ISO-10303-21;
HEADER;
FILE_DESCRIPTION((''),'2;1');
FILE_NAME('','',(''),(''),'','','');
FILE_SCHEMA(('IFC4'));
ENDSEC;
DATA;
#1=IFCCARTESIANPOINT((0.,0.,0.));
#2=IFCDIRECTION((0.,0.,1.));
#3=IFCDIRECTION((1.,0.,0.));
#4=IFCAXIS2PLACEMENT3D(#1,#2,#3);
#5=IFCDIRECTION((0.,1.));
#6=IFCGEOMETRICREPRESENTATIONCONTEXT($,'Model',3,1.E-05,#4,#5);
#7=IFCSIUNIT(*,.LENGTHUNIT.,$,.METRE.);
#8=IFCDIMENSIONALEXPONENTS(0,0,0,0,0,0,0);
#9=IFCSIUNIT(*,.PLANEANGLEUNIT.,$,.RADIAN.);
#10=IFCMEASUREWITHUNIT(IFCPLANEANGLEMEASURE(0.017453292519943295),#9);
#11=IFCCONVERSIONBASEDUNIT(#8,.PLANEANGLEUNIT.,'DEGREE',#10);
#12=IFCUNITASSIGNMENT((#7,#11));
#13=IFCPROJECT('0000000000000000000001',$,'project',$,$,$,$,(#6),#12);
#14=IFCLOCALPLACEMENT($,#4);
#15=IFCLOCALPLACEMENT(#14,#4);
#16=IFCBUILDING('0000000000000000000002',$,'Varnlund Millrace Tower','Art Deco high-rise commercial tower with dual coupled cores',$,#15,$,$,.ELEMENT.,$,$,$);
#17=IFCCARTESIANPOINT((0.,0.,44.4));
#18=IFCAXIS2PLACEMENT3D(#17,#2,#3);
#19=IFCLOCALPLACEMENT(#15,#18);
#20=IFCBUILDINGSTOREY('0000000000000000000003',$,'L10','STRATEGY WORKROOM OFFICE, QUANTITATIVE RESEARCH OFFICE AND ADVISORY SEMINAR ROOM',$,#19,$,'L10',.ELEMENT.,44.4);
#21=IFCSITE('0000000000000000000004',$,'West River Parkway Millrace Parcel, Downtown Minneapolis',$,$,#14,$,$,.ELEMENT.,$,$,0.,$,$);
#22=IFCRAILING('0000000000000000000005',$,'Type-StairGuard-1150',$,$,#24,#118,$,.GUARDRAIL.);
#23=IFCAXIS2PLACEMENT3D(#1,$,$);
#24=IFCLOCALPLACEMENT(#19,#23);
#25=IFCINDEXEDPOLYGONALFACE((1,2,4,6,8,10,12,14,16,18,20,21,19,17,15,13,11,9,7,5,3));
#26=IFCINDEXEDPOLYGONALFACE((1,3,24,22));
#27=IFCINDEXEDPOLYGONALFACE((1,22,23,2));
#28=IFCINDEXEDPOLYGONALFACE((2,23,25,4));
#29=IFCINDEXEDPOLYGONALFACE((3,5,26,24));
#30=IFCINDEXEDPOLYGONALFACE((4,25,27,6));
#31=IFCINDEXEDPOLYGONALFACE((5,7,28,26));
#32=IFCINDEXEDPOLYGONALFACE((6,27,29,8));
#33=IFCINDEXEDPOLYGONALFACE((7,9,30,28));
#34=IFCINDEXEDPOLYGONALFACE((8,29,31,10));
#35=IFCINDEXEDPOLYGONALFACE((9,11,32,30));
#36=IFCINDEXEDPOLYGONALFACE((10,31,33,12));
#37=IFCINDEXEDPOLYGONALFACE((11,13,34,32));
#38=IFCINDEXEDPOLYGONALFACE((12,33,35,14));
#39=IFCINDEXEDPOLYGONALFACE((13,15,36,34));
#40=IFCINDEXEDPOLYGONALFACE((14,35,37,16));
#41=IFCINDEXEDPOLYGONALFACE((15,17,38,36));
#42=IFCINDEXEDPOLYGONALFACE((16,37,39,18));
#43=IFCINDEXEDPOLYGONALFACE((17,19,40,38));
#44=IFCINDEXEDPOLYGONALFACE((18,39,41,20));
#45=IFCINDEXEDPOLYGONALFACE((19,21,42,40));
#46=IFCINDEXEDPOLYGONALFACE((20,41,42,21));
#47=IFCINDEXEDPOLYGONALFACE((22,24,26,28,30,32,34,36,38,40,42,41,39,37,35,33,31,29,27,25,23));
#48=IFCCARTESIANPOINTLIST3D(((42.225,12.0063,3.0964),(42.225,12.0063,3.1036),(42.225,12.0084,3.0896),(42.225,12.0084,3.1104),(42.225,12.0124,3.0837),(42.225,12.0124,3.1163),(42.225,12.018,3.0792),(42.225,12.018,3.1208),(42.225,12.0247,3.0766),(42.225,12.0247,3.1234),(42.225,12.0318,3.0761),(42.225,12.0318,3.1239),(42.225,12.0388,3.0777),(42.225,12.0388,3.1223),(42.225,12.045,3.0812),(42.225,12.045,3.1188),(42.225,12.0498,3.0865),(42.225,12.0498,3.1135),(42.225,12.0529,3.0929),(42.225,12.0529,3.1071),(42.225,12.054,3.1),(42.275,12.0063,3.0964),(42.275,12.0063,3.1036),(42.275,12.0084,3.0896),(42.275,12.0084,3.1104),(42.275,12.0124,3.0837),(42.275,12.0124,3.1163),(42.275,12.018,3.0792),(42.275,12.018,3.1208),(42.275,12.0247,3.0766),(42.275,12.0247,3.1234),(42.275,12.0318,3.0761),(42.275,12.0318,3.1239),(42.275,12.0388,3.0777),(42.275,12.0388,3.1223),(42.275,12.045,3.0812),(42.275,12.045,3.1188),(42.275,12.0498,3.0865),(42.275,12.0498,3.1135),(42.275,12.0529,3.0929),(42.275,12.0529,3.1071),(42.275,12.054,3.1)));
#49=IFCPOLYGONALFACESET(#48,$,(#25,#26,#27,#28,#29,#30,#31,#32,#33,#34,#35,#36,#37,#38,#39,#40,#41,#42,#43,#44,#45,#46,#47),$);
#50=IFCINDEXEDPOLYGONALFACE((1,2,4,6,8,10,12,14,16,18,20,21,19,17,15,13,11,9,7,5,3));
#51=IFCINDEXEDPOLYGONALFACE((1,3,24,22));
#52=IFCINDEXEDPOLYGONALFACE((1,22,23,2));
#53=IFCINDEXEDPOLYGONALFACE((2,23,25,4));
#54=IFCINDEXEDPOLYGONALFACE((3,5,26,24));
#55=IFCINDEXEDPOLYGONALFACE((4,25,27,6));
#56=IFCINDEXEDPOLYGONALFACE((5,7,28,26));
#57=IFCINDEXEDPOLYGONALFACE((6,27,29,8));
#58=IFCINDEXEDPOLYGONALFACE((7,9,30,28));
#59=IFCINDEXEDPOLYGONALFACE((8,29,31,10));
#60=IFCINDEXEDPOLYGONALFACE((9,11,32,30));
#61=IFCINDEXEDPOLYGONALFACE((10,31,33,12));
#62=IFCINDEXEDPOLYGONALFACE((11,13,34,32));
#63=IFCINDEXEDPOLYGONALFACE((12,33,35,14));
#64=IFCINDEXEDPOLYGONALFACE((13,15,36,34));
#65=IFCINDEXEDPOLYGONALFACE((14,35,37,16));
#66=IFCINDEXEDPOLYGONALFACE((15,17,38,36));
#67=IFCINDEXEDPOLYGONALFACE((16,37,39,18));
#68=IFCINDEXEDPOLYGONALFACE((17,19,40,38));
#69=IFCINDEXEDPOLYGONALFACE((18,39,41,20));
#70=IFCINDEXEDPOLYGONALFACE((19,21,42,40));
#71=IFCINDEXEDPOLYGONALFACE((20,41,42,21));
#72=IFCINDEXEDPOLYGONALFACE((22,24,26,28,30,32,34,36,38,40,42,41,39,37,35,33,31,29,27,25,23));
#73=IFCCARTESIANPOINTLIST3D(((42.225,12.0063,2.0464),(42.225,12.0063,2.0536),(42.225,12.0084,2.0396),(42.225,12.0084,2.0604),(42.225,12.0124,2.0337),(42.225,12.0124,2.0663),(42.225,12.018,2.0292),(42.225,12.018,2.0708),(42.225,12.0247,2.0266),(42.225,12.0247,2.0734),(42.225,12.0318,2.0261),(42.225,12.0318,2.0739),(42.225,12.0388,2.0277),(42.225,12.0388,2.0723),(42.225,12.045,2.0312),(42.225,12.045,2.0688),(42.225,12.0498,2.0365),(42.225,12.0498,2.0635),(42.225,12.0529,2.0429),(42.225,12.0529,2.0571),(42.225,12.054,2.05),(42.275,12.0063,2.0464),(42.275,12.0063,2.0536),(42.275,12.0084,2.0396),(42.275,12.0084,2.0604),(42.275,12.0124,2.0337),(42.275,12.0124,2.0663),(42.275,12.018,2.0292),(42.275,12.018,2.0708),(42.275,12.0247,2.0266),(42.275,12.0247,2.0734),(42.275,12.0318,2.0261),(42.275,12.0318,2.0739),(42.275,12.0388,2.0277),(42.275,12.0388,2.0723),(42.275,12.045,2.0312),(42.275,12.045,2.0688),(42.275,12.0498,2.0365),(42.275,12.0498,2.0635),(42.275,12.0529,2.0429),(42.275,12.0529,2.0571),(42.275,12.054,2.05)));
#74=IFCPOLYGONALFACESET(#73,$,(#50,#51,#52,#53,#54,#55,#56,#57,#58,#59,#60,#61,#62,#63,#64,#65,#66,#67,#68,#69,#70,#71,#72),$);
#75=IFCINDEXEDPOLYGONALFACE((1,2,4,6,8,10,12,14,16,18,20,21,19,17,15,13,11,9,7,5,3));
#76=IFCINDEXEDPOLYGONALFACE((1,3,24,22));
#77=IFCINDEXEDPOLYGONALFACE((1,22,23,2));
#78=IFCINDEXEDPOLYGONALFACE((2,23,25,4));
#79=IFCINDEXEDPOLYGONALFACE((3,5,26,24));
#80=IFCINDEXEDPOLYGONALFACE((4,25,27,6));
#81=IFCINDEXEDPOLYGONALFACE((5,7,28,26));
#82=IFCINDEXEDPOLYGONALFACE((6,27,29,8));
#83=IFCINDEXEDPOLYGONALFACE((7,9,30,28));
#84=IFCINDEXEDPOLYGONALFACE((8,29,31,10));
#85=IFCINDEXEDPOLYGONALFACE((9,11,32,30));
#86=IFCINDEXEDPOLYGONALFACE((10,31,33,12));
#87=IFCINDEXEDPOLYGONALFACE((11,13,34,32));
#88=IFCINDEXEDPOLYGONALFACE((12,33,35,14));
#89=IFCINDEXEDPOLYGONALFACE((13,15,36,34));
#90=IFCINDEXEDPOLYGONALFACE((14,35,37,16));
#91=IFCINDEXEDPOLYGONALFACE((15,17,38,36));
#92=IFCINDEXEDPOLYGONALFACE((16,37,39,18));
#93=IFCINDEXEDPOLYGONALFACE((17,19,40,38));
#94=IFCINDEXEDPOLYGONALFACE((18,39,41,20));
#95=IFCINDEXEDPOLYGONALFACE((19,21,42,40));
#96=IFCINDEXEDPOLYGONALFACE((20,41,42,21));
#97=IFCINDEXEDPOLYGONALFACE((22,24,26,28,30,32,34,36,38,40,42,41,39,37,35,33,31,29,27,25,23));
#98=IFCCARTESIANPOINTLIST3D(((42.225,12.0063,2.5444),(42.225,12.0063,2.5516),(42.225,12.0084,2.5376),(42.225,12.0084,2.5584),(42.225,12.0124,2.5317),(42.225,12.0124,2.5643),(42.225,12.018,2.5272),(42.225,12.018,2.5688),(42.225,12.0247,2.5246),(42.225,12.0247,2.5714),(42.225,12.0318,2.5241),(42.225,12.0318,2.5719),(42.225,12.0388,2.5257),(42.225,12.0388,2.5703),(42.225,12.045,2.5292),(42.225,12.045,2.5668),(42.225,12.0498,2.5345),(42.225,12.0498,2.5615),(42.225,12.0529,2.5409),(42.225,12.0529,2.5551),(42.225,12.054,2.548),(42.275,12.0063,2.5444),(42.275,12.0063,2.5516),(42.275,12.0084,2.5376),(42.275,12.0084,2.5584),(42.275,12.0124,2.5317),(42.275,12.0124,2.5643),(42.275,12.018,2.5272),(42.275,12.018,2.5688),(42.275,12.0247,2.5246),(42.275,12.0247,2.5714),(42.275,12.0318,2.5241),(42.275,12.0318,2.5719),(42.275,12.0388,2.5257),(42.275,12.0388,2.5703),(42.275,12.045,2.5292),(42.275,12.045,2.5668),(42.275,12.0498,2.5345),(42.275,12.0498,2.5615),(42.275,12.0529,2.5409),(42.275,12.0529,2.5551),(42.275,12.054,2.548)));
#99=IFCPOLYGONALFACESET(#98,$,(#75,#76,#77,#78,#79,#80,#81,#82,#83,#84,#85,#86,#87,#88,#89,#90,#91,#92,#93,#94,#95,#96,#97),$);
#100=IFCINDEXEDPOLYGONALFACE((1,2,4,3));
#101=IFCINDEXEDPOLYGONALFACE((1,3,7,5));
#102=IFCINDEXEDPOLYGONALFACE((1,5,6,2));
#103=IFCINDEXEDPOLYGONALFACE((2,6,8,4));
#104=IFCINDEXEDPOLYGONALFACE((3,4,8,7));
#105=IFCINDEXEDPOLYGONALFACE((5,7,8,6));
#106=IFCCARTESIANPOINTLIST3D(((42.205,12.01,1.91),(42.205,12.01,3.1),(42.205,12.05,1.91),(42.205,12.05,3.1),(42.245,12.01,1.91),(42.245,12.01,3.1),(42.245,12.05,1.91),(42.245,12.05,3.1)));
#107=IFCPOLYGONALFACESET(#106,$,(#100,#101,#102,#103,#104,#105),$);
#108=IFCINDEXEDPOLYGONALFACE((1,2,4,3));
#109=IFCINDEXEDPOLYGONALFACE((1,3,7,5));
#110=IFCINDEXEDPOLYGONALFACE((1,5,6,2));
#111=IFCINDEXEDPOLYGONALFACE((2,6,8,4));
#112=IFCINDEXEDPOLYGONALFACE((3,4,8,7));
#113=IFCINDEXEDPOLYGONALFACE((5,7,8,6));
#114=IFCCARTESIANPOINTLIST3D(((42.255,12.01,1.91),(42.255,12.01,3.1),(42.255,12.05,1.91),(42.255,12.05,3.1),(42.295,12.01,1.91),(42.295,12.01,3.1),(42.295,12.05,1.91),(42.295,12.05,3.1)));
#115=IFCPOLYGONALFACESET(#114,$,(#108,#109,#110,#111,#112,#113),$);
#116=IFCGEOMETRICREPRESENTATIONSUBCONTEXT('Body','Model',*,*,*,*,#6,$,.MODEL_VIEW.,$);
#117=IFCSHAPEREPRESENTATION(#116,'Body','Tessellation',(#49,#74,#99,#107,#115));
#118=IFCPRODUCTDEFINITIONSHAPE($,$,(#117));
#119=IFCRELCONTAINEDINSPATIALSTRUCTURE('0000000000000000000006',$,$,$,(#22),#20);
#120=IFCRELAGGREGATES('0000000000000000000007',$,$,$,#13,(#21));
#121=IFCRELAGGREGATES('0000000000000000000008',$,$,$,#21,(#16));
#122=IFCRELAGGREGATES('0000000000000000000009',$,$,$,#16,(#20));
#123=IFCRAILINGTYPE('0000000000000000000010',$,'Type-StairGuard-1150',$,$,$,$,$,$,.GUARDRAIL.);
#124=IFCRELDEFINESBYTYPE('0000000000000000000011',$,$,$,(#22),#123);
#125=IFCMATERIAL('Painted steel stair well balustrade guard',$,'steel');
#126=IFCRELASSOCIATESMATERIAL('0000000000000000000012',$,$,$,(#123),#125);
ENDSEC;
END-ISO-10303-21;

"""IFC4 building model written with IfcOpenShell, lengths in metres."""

from ifc_helpers import new_model, entity, si_unit, converted_unit, direction, frame, origin_with_axes, origin_2d_with_axis, place, context, subcontext, project, spatial, rectangle, circle, extrude, material, type_object, element, save


model = new_model("IFC4")

# Units and contexts
model_context = context("Model", 3, precision=1e-05, world=origin_with_axes(), true_north=direction((0.0, 1.0)))
body_context = subcontext(model_context, "Body", "Model", "MODEL_VIEW")
ifc_project = project(units=[si_unit("LENGTHUNIT", "METRE"), converted_unit("PLANEANGLEUNIT", "DEGREE", entity("IfcPlaneAngleMeasure", 0.017453292519943295), si_unit("PLANEANGLEUNIT", "RADIAN"), dimensions=[0, 0, 0, 0, 0, 0, 0])], contexts=[model_context])

# Site, building, storey
site_placement = place(None, origin_with_axes())
site = spatial("IfcSite", under=ifc_project, at=site_placement, Name="West River Parkway Millrace Parcel, Downtown Minneapolis", CompositionType="ELEMENT", RefElevation=0.0)
building_placement = place(site_placement, origin_with_axes())
building = spatial("IfcBuilding", under=site, at=building_placement, Name="Varnlund Millrace Tower", Description="Art Deco high-rise commercial tower with dual coupled cores", CompositionType="ELEMENT")
storey_placement = place(building_placement, frame((0.0, 0.0, 44.4), z_axis=(0.0, 0.0, 1.0), x_axis=(1.0, 0.0, 0.0)))
storey = spatial("IfcBuildingStorey", under=building, at=storey_placement, Name="L10", Description="STRATEGY WORKROOM OFFICE, QUANTITATIVE RESEARCH OFFICE AND ADVISORY SEMINAR ROOM", LongName="L10", CompositionType="ELEMENT", Elevation=44.4)

# Railing
ifc_material_1 = material(Name="Painted steel stair well balustrade guard", Category="steel")
railing_type_1 = type_object("IfcRailingType", Name="Type-StairGuard-1150", PredefinedType="GUARDRAIL", material=ifc_material_1)
railing_1_placement = place(storey_placement, frame((0.0, 0.0, -44.4), z_axis=(0.0, 0.0, 1.0), x_axis=(1.0, 0.0, 0.0)))
element("IfcRailing", 1, at=railing_1_placement, inside=storey, type_object=railing_type_1, Name="Type-StairGuard-1150", PredefinedType="GUARDRAIL", context=body_context, shape_type="SweptSolid", body=[
    extrude(circle(Radius=0.024, at=origin_2d_with_axis()), frame((42.225, 12.03, 47.5), z_axis=(1.0, 0.0, 0.0), x_axis=(0.0, 1.0, 0.0)), (0.0, 0.0, 1.0), 0.05),
    extrude(circle(Radius=0.024, at=origin_2d_with_axis()), frame((42.225, 12.03, 46.45), z_axis=(1.0, 0.0, 0.0), x_axis=(0.0, 1.0, 0.0)), (0.0, 0.0, 1.0), 0.05),
    extrude(circle(Radius=0.024, at=origin_2d_with_axis()), frame((42.225, 12.03, 46.948), z_axis=(1.0, 0.0, 0.0), x_axis=(0.0, 1.0, 0.0)), (0.0, 0.0, 1.0), 0.05),
    extrude(rectangle(XDim=0.04, YDim=0.04, at=origin_2d_with_axis()), frame((42.225, 12.03, 46.31), z_axis=(0.0, 0.0, 1.0), x_axis=(1.0, 0.0, 0.0)), (0.0, 0.0, 1.0), 1.19),
    extrude(rectangle(XDim=0.04, YDim=0.04, at=origin_2d_with_axis()), frame((42.275, 12.03, 46.31), z_axis=(0.0, 0.0, 1.0), x_axis=(1.0, 0.0, 0.0)), (0.0, 0.0, 1.0), 1.19),
])

save(model, "model.ifc")
